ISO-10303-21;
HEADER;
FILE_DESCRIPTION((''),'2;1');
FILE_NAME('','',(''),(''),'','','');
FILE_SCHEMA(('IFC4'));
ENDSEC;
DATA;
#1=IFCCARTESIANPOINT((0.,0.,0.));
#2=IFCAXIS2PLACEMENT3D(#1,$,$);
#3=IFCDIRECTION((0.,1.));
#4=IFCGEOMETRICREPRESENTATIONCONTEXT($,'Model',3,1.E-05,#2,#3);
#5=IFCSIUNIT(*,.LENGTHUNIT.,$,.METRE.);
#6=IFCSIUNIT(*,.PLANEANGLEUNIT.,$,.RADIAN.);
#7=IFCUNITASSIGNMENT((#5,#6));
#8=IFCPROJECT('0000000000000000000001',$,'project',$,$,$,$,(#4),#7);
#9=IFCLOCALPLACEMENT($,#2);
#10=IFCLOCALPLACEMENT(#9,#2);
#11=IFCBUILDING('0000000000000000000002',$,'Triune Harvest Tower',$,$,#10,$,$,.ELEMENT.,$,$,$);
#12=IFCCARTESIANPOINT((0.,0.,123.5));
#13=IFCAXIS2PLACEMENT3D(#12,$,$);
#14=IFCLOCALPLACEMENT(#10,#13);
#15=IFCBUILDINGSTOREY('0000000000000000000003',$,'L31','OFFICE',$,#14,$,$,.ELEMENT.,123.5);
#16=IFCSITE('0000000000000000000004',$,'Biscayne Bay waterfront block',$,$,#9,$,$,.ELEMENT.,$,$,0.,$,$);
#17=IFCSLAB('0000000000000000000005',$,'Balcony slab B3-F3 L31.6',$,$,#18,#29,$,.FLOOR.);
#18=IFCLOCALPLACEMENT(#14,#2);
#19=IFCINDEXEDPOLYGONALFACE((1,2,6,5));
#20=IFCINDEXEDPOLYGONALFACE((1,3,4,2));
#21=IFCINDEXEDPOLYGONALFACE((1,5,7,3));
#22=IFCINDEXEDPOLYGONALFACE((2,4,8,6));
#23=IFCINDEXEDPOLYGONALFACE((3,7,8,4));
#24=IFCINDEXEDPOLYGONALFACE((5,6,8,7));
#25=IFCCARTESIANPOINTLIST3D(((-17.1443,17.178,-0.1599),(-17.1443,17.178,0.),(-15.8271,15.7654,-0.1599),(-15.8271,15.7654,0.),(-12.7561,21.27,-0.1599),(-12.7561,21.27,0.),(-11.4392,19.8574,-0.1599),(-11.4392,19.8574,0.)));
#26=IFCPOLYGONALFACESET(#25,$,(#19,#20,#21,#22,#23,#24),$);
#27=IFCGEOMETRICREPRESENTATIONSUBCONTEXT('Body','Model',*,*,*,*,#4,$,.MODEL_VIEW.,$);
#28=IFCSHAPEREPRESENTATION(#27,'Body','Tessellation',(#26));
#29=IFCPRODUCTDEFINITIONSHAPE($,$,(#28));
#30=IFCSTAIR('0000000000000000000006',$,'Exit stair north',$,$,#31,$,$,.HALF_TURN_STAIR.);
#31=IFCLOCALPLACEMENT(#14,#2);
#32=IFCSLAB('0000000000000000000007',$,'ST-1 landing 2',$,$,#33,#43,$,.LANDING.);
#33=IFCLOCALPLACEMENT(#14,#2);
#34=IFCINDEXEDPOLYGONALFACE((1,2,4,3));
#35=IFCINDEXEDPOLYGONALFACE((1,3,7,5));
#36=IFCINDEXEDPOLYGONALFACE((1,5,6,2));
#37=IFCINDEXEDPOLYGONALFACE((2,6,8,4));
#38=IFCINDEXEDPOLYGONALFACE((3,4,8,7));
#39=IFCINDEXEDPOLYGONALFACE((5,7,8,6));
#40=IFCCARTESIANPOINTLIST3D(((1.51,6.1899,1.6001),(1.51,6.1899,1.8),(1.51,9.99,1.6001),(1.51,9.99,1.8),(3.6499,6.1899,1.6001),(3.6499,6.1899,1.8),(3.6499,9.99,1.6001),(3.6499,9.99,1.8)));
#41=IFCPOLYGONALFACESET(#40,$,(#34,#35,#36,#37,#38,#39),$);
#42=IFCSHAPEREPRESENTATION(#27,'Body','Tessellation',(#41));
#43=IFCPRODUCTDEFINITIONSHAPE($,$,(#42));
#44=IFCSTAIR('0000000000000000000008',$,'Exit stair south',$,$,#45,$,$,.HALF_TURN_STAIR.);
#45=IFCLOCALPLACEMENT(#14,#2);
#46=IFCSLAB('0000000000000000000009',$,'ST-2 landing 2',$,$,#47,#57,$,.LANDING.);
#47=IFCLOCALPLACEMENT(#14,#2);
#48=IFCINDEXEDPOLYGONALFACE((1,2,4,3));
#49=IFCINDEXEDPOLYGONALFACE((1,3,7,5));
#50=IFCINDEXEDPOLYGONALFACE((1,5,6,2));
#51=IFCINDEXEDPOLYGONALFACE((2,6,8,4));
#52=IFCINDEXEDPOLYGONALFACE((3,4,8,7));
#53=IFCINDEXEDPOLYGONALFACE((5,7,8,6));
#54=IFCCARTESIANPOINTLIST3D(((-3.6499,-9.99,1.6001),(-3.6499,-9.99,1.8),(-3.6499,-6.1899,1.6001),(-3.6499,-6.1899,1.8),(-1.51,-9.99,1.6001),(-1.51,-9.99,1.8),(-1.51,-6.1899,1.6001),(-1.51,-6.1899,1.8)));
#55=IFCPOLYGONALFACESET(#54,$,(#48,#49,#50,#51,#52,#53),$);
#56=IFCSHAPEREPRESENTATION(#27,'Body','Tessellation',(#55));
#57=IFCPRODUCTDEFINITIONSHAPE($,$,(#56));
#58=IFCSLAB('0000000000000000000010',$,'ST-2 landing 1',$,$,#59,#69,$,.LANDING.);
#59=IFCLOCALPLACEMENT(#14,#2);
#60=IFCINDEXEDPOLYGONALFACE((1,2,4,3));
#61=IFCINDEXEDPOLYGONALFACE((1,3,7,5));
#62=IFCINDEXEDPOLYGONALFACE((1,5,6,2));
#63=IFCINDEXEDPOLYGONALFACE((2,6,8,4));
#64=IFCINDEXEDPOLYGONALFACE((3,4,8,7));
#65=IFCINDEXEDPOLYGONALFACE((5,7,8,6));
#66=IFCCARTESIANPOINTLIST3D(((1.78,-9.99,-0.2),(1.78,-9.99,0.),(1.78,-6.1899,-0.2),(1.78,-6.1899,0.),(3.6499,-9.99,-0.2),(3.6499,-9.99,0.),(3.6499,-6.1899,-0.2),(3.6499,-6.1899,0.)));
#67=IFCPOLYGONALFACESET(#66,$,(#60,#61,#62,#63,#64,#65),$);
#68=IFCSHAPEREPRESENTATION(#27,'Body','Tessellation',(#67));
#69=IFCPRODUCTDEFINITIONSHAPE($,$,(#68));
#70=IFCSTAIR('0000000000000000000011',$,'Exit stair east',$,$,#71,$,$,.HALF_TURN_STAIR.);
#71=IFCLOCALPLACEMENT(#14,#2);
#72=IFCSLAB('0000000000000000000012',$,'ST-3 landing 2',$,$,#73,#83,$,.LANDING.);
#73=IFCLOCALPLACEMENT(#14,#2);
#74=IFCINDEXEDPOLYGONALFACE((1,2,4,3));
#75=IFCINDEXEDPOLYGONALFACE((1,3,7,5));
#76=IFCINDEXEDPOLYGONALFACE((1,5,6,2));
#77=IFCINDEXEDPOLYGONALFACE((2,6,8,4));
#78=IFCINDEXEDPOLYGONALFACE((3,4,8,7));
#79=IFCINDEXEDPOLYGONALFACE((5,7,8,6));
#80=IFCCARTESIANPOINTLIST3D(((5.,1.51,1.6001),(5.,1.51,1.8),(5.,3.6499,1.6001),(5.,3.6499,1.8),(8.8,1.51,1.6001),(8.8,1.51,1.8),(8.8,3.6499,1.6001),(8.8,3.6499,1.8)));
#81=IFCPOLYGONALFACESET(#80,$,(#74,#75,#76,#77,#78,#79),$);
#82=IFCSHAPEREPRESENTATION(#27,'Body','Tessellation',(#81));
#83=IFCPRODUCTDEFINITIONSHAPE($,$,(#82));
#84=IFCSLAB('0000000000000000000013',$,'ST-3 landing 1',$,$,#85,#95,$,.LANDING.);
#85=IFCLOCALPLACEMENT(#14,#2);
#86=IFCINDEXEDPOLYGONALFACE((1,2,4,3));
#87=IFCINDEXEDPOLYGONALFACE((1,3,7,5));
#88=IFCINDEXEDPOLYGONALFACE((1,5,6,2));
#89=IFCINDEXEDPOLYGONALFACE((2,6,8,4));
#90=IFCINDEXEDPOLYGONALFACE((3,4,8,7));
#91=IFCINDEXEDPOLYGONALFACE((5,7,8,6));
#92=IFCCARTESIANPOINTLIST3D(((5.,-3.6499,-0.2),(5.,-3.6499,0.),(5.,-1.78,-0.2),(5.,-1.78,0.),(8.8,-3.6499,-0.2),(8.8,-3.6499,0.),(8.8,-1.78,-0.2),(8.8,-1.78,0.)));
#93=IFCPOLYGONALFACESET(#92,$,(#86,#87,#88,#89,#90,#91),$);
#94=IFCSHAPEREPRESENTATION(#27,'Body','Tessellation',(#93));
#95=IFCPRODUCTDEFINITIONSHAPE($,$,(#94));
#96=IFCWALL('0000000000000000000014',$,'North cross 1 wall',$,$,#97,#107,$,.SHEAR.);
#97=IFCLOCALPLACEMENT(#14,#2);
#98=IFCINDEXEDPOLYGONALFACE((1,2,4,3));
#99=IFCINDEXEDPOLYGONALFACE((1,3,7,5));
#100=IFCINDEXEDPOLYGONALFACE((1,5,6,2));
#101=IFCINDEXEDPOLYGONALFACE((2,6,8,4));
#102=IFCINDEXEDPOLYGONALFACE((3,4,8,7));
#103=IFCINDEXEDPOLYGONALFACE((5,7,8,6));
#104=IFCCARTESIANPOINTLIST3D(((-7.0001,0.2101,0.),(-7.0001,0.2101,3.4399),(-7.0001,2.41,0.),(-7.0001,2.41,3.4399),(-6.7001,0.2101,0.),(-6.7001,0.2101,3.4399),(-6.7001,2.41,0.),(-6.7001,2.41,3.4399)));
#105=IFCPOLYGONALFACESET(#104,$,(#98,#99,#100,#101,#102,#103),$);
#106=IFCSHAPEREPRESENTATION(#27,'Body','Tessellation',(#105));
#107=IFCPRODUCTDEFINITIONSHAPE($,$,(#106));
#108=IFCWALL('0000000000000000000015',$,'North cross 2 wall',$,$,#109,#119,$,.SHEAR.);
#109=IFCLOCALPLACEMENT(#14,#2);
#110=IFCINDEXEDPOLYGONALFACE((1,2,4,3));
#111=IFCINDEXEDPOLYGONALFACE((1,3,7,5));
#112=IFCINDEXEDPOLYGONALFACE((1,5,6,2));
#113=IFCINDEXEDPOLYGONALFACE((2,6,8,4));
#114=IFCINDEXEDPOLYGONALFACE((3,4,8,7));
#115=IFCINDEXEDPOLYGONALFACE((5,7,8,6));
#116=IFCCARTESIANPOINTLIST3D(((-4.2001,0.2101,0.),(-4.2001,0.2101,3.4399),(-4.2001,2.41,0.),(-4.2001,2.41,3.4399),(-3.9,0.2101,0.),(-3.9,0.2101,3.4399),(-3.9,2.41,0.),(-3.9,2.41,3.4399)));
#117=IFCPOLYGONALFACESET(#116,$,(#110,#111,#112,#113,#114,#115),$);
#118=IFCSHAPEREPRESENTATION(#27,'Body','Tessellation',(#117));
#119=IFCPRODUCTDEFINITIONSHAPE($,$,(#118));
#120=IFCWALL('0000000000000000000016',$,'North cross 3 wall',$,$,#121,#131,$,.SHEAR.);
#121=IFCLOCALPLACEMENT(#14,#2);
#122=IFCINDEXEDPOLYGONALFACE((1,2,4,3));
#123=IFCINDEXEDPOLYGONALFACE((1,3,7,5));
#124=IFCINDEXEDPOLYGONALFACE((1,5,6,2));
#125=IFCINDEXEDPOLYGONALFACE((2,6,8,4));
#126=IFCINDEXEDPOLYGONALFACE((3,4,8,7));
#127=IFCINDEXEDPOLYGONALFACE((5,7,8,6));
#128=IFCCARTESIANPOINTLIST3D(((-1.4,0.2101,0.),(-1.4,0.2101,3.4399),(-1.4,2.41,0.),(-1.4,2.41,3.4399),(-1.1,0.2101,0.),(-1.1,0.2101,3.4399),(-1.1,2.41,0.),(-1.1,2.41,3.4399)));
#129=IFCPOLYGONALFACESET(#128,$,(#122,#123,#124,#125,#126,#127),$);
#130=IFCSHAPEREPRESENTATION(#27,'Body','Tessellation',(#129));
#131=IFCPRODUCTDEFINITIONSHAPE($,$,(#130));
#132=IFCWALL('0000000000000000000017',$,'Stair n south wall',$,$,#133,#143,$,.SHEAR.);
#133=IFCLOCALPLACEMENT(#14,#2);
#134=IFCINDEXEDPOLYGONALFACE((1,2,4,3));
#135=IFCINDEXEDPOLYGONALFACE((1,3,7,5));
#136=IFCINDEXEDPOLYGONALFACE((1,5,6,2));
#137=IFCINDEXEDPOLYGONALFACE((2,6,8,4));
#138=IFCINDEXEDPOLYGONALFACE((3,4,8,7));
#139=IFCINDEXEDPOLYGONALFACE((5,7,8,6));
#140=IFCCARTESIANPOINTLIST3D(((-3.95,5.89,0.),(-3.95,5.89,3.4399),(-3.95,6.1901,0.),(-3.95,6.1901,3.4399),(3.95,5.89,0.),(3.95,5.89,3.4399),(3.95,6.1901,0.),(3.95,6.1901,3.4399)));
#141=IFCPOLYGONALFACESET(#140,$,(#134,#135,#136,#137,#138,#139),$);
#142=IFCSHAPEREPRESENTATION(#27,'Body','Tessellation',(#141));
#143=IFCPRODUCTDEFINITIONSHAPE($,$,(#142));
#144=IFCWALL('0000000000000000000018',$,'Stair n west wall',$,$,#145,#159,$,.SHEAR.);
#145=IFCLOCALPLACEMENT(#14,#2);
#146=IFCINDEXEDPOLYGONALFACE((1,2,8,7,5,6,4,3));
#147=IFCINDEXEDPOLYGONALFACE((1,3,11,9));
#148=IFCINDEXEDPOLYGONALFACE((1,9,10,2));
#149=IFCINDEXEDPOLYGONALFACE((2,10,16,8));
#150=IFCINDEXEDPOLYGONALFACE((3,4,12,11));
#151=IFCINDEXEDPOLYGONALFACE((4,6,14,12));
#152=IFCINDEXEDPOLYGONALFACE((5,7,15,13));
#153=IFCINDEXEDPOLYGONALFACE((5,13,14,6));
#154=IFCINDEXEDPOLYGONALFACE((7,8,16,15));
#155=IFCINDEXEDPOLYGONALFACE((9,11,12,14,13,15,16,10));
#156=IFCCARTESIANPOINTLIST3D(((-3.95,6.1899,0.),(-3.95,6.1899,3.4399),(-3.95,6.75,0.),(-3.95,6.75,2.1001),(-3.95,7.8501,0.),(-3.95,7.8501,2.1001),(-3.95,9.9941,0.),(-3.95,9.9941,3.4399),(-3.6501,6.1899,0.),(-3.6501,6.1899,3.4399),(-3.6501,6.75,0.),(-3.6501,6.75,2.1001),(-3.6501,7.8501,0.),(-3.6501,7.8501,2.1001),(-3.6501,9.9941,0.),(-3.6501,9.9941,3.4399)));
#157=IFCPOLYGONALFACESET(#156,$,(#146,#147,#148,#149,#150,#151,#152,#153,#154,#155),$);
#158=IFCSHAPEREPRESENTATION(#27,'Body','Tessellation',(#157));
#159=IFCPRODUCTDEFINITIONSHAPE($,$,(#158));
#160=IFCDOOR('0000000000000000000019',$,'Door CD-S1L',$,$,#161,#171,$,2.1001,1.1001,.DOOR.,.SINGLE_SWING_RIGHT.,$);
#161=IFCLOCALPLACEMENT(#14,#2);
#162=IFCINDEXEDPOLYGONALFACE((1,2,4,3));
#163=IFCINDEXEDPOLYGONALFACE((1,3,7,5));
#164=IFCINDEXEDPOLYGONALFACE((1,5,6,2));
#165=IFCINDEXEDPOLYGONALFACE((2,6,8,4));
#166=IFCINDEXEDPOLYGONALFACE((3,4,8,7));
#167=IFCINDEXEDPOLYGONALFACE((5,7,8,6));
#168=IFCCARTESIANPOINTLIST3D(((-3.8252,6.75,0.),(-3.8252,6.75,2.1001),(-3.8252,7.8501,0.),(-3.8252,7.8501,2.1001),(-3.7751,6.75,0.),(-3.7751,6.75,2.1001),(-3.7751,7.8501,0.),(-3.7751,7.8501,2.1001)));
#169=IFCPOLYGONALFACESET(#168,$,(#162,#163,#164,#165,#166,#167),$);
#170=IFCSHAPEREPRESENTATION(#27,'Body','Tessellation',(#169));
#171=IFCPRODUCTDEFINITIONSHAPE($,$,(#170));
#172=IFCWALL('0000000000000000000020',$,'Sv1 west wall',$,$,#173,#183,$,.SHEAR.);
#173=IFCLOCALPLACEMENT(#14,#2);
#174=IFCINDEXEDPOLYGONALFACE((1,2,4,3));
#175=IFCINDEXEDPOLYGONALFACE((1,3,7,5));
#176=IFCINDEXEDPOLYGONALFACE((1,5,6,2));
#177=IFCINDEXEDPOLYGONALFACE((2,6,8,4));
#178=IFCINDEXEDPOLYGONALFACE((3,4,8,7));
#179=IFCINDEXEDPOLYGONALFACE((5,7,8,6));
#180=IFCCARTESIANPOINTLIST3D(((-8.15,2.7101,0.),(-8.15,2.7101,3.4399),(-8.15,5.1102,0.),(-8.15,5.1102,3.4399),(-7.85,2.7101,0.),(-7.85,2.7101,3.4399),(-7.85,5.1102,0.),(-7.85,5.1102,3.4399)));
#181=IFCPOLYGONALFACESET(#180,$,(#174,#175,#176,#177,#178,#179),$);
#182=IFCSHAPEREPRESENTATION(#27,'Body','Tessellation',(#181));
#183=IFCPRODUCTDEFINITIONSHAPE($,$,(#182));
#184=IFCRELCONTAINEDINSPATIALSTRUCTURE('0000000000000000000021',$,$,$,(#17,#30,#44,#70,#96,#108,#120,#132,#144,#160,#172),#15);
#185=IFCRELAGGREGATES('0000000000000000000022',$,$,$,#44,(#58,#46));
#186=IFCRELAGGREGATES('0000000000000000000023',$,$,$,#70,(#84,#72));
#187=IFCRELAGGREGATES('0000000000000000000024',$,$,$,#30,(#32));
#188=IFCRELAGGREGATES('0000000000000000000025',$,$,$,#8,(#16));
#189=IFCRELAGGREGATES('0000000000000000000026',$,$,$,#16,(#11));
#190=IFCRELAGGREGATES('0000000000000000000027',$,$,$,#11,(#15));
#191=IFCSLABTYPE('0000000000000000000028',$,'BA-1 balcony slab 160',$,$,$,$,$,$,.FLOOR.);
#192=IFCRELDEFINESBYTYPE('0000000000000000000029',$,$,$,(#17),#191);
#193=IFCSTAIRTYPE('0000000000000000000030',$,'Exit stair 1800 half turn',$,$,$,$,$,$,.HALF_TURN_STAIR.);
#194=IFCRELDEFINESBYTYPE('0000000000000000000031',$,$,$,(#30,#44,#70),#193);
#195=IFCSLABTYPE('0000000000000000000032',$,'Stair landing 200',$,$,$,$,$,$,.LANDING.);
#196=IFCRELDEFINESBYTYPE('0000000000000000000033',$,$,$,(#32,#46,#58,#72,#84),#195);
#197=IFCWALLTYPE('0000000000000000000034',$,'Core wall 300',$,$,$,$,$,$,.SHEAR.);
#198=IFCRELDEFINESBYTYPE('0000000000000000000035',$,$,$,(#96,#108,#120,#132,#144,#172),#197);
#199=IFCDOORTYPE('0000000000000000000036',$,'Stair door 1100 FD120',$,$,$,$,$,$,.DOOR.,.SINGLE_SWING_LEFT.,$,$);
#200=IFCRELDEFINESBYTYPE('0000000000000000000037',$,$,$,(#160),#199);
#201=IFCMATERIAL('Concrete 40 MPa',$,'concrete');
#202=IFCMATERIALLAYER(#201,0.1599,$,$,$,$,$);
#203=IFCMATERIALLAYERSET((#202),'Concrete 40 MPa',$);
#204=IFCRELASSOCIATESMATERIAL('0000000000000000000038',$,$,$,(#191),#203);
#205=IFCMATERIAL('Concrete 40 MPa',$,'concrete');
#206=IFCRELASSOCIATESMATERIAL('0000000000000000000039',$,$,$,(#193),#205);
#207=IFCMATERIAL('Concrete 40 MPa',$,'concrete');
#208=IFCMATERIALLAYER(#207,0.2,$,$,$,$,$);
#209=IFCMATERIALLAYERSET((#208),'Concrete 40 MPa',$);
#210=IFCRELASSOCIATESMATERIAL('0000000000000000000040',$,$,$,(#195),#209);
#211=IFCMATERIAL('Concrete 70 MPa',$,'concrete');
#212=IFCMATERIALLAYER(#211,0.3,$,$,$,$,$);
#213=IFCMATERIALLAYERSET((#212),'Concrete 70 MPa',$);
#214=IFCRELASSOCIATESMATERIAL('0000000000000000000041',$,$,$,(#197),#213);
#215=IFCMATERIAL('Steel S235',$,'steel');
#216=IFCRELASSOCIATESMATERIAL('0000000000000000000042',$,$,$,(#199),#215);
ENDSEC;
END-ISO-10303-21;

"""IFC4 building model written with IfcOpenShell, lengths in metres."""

from ifc_helpers import new_model, si_unit, direction, frame, frame_2d, origin, place, context, subcontext, project, spatial, polyline, rectangle, outline, extrude, source, transform, mapped, material, layer, layer_set, type_object, element, fill, aggregate, save


model = new_model("IFC4")

# Units and contexts
model_context = context("Model", 3, precision=1e-05, world=origin(), true_north=direction((0.0, 1.0)))
body_context = subcontext(model_context, "Body", "Model", "MODEL_VIEW")
ifc_project = project(units=[si_unit("LENGTHUNIT", "METRE"), si_unit("PLANEANGLEUNIT", "RADIAN")], contexts=[model_context])

# Site, building, storey
site_placement = place(None, origin())
site = spatial("IfcSite", under=ifc_project, at=site_placement, Name="Biscayne Bay waterfront block", CompositionType="ELEMENT", RefElevation=0.0)
building_placement = place(site_placement, origin())
building = spatial("IfcBuilding", under=site, at=building_placement, Name="Triune Harvest Tower", CompositionType="ELEMENT")
storey_placement = place(building_placement, frame((0.0, 0.0, 123.5)))
storey = spatial("IfcBuildingStorey", under=building, at=storey_placement, Name="L31", Description="OFFICE", CompositionType="ELEMENT", Elevation=123.5)

# Slab
ifc_material_1 = material(Name="Concrete 40 MPa", Category="concrete")
ifc_layer_1 = layer(ifc_material_1, 0.1599)
ifc_layer_set_1 = layer_set([ifc_layer_1], Name="Concrete 40 MPa")
slab_type_1 = type_object("IfcSlabType", Name="BA-1 balcony slab 160", PredefinedType="FLOOR", material=ifc_layer_set_1)
slab_1_placement = place(storey_placement, frame((0.0, 0.0, -0.1599)))
element("IfcSlab", 1, at=slab_1_placement, inside=storey, type_object=slab_type_1, Name="Balcony slab B3-F3 L31.6", PredefinedType="FLOOR", context=body_context, shape_type="SweptSolid", body=[
    extrude(outline(polyline([(-11.4392, 19.8574), (-15.8271, 15.7654), (-17.1443, 17.178), (-12.7561, 21.27), (-11.4392, 19.8574)])), origin(), (0.0, 0.0, 1.0), 0.1599),
])

# Stair, slab
ifc_material_2 = material(Name="Concrete 40 MPa", Category="concrete")
stair_type = type_object("IfcStairType", Name="Exit stair 1800 half turn", PredefinedType="HALF_TURN_STAIR", material=ifc_material_2)
stair_1_placement = place(storey_placement, origin())
stair_1 = element("IfcStair", 2, at=stair_1_placement, inside=storey, type_object=stair_type, Name="Exit stair north", PredefinedType="HALF_TURN_STAIR")
ifc_material_3 = material(Name="Concrete 40 MPa", Category="concrete")
ifc_layer_2 = layer(ifc_material_3, 0.2)
ifc_layer_set_2 = layer_set([ifc_layer_2], Name="Concrete 40 MPa")
slab_type_2 = type_object("IfcSlabType", Name="Stair landing 200", PredefinedType="LANDING", material=ifc_layer_set_2)
shared_shape_1 = source(origin(), body_context, "Body", "SweptSolid", [
    extrude(outline(polyline([(1.51, 6.1899), (3.6499, 6.1899), (3.6499, 9.99), (1.51, 9.99), (1.51, 6.1899)])), origin(), (0.0, 0.0, 1.0), 0.2),
])
slab_2_placement = place(storey_placement, frame((0.0, 0.0, 1.6001)))
slab_2 = element("IfcSlab", 3, at=slab_2_placement, type_object=slab_type_2, Name="ST-1 landing 2", PredefinedType="LANDING", context=body_context, shape_type="MappedRepresentation", body=[
    mapped(shared_shape_1, transform((0.0, 0.0, 0.0), scale=1.0)),
])

# Stairs, slabs
stair_2_placement = place(storey_placement, origin())
stair_2 = element("IfcStair", 4, at=stair_2_placement, inside=storey, type_object=stair_type, Name="Exit stair south", PredefinedType="HALF_TURN_STAIR")
shared_shape_2 = source(origin(), body_context, "Body", "SweptSolid", [
    extrude(outline(polyline([(-1.51, -6.1899), (-3.6499, -6.1899), (-3.6499, -9.99), (-1.51, -9.99), (-1.51, -6.1899)])), origin(), (0.0, 0.0, 1.0), 0.2),
])
slab_3_placement = place(storey_placement, frame((0.0, 0.0, 1.6001)))
slab_3 = element("IfcSlab", 5, at=slab_3_placement, type_object=slab_type_2, Name="ST-2 landing 2", PredefinedType="LANDING", context=body_context, shape_type="MappedRepresentation", body=[
    mapped(shared_shape_2, transform((0.0, 0.0, 0.0), scale=1.0)),
])
shared_shape_3 = source(origin(), body_context, "Body", "SweptSolid", [
    extrude(outline(polyline([(3.6499, -6.1899), (1.78, -6.1899), (1.78, -9.99), (3.6499, -9.99), (3.6499, -6.1899)])), origin(), (0.0, 0.0, 1.0), 0.2),
])
slab_4_placement = place(storey_placement, frame((0.0, 0.0, -0.2)))
slab_4 = element("IfcSlab", 6, at=slab_4_placement, type_object=slab_type_2, Name="ST-2 landing 1", PredefinedType="LANDING", context=body_context, shape_type="MappedRepresentation", body=[
    mapped(shared_shape_3, transform((0.0, 0.0, 0.0), scale=1.0)),
])
aggregate(stair_2, [slab_4, slab_3])
stair_3_placement = place(storey_placement, origin())
stair_3 = element("IfcStair", 7, at=stair_3_placement, inside=storey, type_object=stair_type, Name="Exit stair east", PredefinedType="HALF_TURN_STAIR")
shared_shape_4 = source(origin(), body_context, "Body", "SweptSolid", [
    extrude(outline(polyline([(8.8, 1.51), (8.8, 3.6499), (5.0, 3.6499), (5.0, 1.51), (8.8, 1.51)])), origin(), (0.0, 0.0, 1.0), 0.2),
])
slab_5_placement = place(storey_placement, frame((0.0, 0.0, 1.6001)))
slab_5 = element("IfcSlab", 8, at=slab_5_placement, type_object=slab_type_2, Name="ST-3 landing 2", PredefinedType="LANDING", context=body_context, shape_type="MappedRepresentation", body=[
    mapped(shared_shape_4, transform((0.0, 0.0, 0.0), scale=1.0)),
])
shared_shape_5 = source(origin(), body_context, "Body", "SweptSolid", [
    extrude(outline(polyline([(8.8, -3.6499), (8.8, -1.78), (5.0, -1.78), (5.0, -3.6499), (8.8, -3.6499)])), origin(), (0.0, 0.0, 1.0), 0.2),
])
slab_6_placement = place(storey_placement, frame((0.0, 0.0, -0.2)))
slab_6 = element("IfcSlab", 9, at=slab_6_placement, type_object=slab_type_2, Name="ST-3 landing 1", PredefinedType="LANDING", context=body_context, shape_type="MappedRepresentation", body=[
    mapped(shared_shape_5, transform((0.0, 0.0, 0.0), scale=1.0)),
])
aggregate(stair_3, [slab_6, slab_5])

# Walls
ifc_material_4 = material(Name="Concrete 70 MPa", Category="concrete")
ifc_layer_3 = layer(ifc_material_4, 0.3)
ifc_layer_set_3 = layer_set([ifc_layer_3], Name="Concrete 70 MPa")
wall_type_1 = type_object("IfcWallType", Name="Core wall 300", PredefinedType="SHEAR", material=ifc_layer_set_3)
shared_shape_6 = source(origin(), body_context, "Body", "SweptSolid", [
    extrude(rectangle(XDim=2.2, YDim=0.3, at=frame_2d((1.1001, 0.0))), origin(), (0.0, 0.0, 1.0), 3.4399),
])
for number, where, z_axis, x_axis, name in (
    (10, (-6.8501, 0.21, 0.0), (0.0, 0.0, 1.0), (0.0, 1.0, 0.0), "North cross 1 wall"),
    (11, (-4.05, 0.21, 0.0), (0.0, 0.0, 1.0), (0.0, 1.0, 0.0), "North cross 2 wall"),
    (12, (-1.25, 0.21, 0.0), (0.0, 0.0, 1.0), (0.0, 1.0, 0.0), "North cross 3 wall"),
):
    element("IfcWall", number, at=place(storey_placement, frame(where, z_axis=z_axis, x_axis=x_axis)), inside=storey, type_object=wall_type_1, Name=name, PredefinedType="SHEAR", context=body_context, shape_type="MappedRepresentation", body=[
        mapped(shared_shape_6, transform((0.0, 0.0, 0.0), scale=1.0)),
    ])
shared_shape_7 = source(origin(), body_context, "Body", "SweptSolid", [
    extrude(rectangle(XDim=7.8999, YDim=0.3, at=frame_2d((3.95, 0.0))), origin(), (0.0, 0.0, 1.0), 3.4399),
])
wall_1_placement = place(storey_placement, frame((-3.95, 6.04, 0.0), z_axis=(0.0, 0.0, 1.0), x_axis=(1.0, 0.0, 0.0)))
element("IfcWall", 13, at=wall_1_placement, inside=storey, type_object=wall_type_1, Name="Stair n south wall", PredefinedType="SHEAR", context=body_context, shape_type="MappedRepresentation", body=[
    mapped(shared_shape_7, transform((0.0, 0.0, 0.0), scale=1.0)),
])

# Wall, opening, door
shared_shape_8 = source(origin(), body_context, "Body", "SweptSolid", [
    extrude(outline(polyline([(0.0, -0.1499), (0.0, 0.1499), (3.8042, 0.1499), (3.8042, -0.1499), (0.0, -0.1499)])), origin(), (0.0, 0.0, 1.0), 3.4399),
])
wall_2_placement = place(storey_placement, frame((-3.8, 6.1899, 0.0), z_axis=(0.0, 0.0, 1.0), x_axis=(0.0, 1.0, 0.0)))
wall_2 = element("IfcWall", 14, at=wall_2_placement, inside=storey, type_object=wall_type_1, Name="Stair n west wall", PredefinedType="SHEAR", context=body_context, shape_type="MappedRepresentation", body=[
    mapped(shared_shape_8, transform((0.0, 0.0, 0.0), scale=1.0)),
])
opening_1_placement = place(wall_2_placement, frame((0.5601, 0.0, 0.0)))
opening_1 = element("IfcOpeningElement", 15, at=opening_1_placement, cuts=wall_2, PredefinedType="OPENING", context=body_context, shape_type="SweptSolid", body=[
    extrude(rectangle(XDim=1.1001, YDim=2.1001, at=frame_2d((0.55, 1.05))), frame((0.0, 0.1602, 0.0), z_axis=(0.0, -1.0, 0.0), x_axis=(1.0, 0.0, 0.0)), (0.0, 0.0, 1.0), 0.3201),
])
ifc_material_5 = material(Name="Steel S235", Category="steel")
door_type_1 = type_object("IfcDoorType", Name="Stair door 1100 FD120", OperationType="SINGLE_SWING_LEFT", PredefinedType="DOOR", material=ifc_material_5)
door_1_placement = place(opening_1_placement, frame((1.1001, 0.0, 0.0), z_axis=(0.0, 0.0, 1.0), x_axis=(-1.0, 0.0, 0.0)))
door_1 = element("IfcDoor", 16, at=door_1_placement, inside=storey, type_object=door_type_1, Name="Door CD-S1L", OperationType="SINGLE_SWING_RIGHT", OverallHeight=2.1001, OverallWidth=1.1001, PredefinedType="DOOR", context=body_context, shape_type="SweptSolid", body=[
    extrude(rectangle(XDim=1.1001, YDim=2.1001, at=frame_2d((0.55, 1.05))), frame((0.0, 0.0249, 0.0), z_axis=(0.0, -1.0, 0.0), x_axis=(1.0, 0.0, 0.0)), (0.0, 0.0, 1.0), 0.05),
])
fill(opening_1, door_1)

# Wall
shared_shape_9 = source(origin(), body_context, "Body", "SweptSolid", [
    extrude(rectangle(XDim=2.4001, YDim=0.3, at=frame_2d((1.2002, 0.0))), origin(), (0.0, 0.0, 1.0), 3.4399),
])
wall_3_placement = place(storey_placement, frame((-8.0, 2.71, 0.0), z_axis=(0.0, 0.0, 1.0), x_axis=(0.0, 1.0, 0.0)))
element("IfcWall", 17, at=wall_3_placement, inside=storey, type_object=wall_type_1, Name="Sv1 west wall", PredefinedType="SHEAR", context=body_context, shape_type="MappedRepresentation", body=[
    mapped(shared_shape_9, transform((0.0, 0.0, 0.0), scale=1.0)),
])

aggregate(stair_1, [slab_2])

save(model, "model.ifc")
